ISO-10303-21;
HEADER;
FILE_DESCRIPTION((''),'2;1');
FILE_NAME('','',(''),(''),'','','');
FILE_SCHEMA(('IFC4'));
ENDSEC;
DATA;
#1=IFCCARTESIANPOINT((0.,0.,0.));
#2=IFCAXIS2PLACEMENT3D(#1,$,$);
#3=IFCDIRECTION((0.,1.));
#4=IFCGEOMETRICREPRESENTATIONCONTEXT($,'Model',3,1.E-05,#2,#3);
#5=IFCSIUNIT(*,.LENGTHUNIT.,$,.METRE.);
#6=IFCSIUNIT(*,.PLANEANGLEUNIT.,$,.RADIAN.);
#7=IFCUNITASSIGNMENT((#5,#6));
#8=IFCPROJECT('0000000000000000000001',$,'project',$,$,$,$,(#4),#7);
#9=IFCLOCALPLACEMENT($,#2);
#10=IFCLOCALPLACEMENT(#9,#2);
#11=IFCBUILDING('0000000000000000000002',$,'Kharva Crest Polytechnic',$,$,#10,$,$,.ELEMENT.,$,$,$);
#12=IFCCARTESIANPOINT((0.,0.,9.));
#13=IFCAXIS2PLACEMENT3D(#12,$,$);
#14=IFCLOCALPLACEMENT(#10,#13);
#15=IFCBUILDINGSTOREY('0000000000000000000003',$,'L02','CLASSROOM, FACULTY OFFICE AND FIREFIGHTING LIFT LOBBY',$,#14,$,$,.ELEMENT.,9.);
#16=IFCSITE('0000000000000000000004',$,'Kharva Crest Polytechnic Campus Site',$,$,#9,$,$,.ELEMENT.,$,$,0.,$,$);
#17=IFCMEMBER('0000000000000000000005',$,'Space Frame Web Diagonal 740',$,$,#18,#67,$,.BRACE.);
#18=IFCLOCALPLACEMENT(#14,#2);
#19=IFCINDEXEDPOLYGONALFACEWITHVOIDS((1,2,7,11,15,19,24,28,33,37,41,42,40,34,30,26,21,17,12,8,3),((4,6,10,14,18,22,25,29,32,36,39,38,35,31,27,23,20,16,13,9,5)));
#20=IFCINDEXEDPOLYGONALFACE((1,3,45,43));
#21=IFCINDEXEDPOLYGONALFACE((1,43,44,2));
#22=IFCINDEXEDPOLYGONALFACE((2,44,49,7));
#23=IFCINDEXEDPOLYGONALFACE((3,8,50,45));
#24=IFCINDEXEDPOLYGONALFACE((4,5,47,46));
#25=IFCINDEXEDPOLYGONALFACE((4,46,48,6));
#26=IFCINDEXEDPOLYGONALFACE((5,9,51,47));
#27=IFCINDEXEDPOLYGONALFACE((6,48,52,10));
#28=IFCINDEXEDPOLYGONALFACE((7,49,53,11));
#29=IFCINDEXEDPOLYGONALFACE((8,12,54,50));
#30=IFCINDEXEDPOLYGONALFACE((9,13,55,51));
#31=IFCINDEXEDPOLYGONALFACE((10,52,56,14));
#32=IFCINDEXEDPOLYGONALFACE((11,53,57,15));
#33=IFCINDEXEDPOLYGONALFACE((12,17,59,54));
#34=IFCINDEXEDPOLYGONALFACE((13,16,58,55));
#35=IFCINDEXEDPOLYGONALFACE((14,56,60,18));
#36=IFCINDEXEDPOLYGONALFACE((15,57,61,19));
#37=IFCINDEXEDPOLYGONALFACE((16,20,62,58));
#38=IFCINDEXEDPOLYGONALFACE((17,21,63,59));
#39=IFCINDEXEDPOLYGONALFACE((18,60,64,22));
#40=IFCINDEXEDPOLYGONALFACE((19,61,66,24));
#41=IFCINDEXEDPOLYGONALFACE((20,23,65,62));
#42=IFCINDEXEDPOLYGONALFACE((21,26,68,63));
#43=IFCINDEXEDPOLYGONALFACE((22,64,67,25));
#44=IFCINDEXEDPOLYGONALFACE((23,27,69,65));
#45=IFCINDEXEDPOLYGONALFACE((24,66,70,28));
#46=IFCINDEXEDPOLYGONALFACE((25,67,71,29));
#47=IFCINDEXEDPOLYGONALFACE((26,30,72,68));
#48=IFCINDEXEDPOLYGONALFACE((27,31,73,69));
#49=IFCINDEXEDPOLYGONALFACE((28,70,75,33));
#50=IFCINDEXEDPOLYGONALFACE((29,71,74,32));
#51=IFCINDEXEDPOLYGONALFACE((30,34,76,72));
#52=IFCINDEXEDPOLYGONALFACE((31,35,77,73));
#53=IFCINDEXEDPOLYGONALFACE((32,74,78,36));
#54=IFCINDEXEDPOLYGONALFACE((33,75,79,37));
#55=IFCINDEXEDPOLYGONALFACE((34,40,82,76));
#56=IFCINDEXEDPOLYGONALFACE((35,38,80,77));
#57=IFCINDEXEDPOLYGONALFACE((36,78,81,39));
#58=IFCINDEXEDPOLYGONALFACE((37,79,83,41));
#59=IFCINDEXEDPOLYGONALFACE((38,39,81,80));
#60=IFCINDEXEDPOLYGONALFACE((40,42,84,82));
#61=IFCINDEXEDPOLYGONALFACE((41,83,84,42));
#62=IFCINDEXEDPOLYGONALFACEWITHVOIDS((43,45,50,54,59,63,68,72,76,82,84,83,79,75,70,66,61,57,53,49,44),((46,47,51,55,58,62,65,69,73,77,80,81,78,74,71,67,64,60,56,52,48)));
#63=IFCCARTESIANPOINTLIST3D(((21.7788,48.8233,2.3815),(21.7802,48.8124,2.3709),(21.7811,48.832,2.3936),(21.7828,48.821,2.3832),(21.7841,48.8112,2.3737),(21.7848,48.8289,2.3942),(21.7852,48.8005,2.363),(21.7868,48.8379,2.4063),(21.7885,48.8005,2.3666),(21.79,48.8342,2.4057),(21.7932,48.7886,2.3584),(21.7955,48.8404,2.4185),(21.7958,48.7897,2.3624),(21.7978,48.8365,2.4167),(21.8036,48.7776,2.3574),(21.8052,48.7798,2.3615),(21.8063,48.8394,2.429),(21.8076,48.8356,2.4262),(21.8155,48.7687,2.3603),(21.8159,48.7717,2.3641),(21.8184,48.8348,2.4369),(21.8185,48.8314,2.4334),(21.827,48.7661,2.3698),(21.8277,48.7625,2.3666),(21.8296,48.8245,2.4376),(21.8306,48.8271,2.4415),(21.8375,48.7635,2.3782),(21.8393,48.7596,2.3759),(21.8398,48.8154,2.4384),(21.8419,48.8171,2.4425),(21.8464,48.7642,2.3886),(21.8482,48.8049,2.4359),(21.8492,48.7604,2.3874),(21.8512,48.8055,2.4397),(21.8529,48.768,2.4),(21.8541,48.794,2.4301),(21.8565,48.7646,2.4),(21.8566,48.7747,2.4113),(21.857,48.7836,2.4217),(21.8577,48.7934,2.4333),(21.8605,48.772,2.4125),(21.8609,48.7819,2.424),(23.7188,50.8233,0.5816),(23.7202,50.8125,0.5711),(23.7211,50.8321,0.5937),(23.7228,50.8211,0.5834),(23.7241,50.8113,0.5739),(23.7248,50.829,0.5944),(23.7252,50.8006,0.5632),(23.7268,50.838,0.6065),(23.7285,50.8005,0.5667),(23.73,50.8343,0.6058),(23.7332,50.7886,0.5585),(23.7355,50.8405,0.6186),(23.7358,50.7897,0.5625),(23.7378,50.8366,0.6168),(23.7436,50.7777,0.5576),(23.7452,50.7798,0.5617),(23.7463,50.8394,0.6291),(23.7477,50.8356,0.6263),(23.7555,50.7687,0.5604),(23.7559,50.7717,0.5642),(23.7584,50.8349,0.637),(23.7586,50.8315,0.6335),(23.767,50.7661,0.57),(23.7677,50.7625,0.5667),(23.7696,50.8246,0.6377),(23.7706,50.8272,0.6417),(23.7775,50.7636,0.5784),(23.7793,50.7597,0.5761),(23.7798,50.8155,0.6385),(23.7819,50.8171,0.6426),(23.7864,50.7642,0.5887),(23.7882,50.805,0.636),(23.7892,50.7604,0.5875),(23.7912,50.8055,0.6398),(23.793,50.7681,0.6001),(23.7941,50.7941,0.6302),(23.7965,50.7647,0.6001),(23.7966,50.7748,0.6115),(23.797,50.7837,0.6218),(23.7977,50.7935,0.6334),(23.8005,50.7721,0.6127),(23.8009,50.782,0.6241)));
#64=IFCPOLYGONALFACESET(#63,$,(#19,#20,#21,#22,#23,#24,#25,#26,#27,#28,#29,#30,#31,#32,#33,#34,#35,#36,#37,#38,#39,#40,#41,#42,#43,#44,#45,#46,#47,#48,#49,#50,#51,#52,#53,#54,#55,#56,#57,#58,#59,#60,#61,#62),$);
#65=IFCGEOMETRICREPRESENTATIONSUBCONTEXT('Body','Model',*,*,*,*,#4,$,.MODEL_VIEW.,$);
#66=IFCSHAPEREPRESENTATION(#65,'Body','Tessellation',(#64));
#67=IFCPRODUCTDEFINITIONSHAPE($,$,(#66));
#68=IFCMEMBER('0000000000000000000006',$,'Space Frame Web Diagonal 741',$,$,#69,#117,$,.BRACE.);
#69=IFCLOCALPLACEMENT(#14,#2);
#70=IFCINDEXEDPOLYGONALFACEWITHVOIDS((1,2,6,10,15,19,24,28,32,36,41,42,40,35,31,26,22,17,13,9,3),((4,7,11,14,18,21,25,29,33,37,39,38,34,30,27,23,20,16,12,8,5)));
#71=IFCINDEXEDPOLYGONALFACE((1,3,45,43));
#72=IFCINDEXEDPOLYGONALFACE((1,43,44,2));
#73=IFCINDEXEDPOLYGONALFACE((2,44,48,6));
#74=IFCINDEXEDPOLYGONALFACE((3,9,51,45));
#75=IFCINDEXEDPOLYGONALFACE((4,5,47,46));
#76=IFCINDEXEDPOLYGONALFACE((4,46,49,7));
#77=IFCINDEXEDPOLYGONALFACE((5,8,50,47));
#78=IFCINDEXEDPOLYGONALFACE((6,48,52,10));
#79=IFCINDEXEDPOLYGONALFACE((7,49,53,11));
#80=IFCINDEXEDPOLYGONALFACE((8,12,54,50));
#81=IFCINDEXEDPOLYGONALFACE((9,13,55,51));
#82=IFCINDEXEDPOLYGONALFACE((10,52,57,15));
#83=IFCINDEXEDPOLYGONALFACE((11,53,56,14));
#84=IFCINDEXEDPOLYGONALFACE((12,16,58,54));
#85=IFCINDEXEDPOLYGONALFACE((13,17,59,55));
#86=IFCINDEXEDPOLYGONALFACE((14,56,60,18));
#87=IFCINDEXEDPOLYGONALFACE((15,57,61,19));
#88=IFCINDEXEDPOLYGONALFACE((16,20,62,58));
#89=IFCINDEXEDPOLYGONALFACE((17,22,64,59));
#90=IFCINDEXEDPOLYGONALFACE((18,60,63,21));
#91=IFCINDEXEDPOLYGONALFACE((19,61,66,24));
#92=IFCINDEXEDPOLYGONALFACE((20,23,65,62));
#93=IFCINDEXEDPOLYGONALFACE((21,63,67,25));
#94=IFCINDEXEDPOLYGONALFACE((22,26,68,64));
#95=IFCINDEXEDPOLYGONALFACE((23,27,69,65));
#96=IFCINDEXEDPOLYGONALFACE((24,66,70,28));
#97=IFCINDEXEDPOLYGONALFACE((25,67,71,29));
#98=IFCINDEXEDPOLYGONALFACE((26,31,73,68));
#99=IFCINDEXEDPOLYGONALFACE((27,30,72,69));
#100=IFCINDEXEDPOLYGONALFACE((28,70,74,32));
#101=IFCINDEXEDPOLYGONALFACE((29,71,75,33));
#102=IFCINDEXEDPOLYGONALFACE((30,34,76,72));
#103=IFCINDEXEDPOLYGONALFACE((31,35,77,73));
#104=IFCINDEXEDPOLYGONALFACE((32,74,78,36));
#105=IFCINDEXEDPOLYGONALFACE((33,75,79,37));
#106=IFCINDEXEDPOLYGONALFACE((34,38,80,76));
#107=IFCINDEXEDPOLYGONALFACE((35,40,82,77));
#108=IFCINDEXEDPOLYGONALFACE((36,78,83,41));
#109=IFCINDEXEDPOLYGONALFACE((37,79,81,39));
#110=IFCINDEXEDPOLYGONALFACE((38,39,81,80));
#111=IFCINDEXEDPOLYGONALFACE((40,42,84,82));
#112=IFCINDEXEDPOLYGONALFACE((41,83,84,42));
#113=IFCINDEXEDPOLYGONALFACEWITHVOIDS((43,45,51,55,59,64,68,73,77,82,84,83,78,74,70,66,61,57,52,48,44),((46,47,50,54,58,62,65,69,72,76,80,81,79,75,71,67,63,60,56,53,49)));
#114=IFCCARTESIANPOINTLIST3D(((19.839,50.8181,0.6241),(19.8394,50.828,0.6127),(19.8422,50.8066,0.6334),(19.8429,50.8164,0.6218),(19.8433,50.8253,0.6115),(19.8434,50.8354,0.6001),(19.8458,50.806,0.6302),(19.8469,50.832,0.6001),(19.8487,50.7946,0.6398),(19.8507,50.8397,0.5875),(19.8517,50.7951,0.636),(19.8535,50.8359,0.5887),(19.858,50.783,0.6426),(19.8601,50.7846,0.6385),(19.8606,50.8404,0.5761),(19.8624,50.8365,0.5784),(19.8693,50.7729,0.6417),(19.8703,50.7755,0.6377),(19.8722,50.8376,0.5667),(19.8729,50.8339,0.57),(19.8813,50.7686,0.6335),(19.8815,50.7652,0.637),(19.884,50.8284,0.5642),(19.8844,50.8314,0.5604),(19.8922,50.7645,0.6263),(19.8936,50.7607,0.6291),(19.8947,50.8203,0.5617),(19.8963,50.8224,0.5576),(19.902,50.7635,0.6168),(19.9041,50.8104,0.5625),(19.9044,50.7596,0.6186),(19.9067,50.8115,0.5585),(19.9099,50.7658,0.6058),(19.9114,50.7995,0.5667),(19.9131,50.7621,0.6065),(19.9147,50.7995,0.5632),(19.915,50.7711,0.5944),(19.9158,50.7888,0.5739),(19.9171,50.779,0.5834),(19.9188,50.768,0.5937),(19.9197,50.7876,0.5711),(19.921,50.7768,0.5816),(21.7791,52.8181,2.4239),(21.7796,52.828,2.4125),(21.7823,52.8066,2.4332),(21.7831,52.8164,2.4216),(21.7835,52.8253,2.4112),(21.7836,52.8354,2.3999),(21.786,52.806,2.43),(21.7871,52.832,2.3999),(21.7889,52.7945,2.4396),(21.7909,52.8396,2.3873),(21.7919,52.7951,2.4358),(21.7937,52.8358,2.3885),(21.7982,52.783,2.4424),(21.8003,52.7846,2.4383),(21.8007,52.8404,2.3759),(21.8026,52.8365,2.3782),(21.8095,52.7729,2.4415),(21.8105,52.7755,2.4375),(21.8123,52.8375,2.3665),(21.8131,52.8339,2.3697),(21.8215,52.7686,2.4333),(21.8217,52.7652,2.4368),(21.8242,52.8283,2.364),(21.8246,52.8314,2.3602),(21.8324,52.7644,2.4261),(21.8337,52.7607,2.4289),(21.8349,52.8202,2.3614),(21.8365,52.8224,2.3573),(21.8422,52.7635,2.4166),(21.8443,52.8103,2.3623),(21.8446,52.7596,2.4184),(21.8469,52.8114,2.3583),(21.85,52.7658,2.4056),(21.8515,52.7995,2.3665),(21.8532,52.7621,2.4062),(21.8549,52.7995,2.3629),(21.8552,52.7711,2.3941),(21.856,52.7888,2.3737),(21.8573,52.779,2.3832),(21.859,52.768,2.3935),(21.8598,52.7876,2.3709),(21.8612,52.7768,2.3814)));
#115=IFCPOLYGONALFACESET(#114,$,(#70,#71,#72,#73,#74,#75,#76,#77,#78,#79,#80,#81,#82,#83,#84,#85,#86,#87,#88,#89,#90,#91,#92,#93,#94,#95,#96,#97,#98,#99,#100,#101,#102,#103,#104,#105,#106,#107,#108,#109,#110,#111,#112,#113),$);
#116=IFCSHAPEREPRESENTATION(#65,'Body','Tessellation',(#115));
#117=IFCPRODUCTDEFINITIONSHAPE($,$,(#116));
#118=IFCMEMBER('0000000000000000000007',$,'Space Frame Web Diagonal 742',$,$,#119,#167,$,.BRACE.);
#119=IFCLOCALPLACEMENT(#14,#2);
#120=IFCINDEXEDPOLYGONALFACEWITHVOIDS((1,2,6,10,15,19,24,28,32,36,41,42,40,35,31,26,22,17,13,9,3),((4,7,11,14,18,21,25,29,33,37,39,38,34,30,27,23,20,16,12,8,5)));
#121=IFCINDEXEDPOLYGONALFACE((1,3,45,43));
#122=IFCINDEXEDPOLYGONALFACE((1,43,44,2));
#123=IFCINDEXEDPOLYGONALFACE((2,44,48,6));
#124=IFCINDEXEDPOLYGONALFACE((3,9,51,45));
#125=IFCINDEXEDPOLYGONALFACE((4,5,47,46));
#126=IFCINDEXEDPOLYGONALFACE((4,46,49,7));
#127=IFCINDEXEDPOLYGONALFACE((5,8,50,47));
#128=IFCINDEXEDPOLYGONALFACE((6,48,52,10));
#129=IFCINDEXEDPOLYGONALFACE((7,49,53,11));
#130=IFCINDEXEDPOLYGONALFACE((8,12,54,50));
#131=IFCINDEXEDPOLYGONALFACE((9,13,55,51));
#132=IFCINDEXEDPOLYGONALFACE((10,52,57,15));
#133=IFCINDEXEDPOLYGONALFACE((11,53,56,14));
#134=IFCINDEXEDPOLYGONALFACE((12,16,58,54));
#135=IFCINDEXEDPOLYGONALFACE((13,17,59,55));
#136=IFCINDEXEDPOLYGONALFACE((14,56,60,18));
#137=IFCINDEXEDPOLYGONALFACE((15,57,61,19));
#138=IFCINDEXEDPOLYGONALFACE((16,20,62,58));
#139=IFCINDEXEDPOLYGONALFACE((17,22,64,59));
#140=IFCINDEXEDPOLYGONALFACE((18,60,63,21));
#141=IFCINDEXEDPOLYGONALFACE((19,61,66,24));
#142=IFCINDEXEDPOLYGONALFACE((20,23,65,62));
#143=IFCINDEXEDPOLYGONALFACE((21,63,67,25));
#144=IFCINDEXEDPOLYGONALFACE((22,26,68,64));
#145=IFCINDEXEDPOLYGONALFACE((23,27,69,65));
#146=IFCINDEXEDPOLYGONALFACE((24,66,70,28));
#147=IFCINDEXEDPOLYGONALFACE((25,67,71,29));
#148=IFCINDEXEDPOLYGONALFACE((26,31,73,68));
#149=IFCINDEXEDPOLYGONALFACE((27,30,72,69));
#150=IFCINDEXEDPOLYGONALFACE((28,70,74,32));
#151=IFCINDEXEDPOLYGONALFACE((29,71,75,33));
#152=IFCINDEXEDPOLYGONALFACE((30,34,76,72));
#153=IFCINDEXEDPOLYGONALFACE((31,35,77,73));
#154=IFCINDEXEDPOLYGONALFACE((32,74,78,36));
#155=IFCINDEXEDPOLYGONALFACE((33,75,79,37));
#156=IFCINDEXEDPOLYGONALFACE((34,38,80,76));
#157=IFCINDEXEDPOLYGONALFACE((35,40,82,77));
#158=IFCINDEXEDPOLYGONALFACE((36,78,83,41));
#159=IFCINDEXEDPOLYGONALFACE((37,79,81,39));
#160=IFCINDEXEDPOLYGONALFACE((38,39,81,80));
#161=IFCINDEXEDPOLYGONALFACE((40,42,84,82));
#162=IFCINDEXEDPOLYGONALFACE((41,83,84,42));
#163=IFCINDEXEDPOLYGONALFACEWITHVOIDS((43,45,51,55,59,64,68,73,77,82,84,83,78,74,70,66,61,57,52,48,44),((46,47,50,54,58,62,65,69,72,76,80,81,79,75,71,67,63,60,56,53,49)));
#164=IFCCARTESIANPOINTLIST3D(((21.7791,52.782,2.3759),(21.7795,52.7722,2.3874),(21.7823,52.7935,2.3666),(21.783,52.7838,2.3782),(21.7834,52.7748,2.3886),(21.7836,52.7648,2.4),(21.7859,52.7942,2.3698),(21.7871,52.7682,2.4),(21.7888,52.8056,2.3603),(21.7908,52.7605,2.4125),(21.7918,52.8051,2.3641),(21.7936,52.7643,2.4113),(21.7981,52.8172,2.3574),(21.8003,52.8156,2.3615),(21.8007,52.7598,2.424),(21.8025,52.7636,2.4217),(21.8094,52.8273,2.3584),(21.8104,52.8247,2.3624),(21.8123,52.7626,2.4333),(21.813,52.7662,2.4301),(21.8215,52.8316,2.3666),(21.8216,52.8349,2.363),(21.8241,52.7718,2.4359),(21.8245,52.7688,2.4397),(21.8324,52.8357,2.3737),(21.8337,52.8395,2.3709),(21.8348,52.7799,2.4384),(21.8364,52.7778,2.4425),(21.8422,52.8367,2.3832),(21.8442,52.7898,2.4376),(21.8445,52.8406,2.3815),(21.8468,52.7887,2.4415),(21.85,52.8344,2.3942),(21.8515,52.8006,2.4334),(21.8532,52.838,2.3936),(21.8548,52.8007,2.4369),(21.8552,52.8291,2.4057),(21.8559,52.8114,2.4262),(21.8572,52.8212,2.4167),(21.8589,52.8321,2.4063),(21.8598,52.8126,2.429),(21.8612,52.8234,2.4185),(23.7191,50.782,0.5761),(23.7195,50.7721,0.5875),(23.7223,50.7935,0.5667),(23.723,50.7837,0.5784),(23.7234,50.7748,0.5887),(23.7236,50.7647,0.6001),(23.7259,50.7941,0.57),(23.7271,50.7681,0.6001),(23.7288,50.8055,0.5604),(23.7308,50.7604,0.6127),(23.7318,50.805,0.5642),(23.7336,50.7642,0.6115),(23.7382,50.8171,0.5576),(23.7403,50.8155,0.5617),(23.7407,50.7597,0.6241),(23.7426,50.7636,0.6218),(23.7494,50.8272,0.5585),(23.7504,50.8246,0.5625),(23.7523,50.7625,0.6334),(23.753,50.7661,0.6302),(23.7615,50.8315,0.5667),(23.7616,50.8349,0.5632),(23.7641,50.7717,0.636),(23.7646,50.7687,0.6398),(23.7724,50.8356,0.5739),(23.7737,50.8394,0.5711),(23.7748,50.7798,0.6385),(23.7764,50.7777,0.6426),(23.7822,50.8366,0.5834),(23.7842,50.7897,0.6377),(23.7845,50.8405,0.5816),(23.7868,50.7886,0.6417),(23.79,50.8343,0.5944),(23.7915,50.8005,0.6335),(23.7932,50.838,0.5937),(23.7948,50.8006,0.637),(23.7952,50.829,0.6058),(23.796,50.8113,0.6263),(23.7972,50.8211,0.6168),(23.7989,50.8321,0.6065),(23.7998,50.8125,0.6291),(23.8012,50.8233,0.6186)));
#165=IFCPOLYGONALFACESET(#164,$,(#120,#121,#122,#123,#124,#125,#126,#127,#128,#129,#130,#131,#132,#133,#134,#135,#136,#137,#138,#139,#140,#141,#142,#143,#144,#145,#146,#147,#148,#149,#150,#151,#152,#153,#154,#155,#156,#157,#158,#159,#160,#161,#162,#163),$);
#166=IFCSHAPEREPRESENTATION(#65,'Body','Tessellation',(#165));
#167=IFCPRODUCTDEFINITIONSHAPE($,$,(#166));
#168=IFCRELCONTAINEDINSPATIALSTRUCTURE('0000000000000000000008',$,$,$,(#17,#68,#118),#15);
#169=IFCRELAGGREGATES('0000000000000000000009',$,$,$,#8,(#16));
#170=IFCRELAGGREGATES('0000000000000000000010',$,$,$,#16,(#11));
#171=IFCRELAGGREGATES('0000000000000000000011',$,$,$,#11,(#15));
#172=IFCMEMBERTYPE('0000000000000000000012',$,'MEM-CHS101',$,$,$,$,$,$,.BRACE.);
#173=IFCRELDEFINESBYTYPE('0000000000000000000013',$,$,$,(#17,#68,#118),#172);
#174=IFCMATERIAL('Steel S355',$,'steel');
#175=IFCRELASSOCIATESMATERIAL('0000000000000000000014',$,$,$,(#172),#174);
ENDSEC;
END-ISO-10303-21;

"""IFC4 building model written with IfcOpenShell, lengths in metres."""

from ifc_helpers import new_model, si_unit, direction, frame, origin, origin_2d, place, context, subcontext, project, spatial, hollow_circle, extrude, material, material_profile, profile_set, type_object, element, save


model = new_model("IFC4")

# Units and contexts
model_context = context("Model", 3, precision=1e-05, world=origin(), true_north=direction((0.0, 1.0)))
body_context = subcontext(model_context, "Body", "Model", "MODEL_VIEW")
ifc_project = project(units=[si_unit("LENGTHUNIT", "METRE"), si_unit("PLANEANGLEUNIT", "RADIAN")], contexts=[model_context])

# Site, building, storey
site_placement = place(None, origin())
site = spatial("IfcSite", under=ifc_project, at=site_placement, Name="Kharva Crest Polytechnic Campus Site", CompositionType="ELEMENT", RefElevation=0.0)
building_placement = place(site_placement, origin())
building = spatial("IfcBuilding", under=site, at=building_placement, Name="Kharva Crest Polytechnic", CompositionType="ELEMENT")
storey_placement = place(building_placement, frame((0.0, 0.0, 9.0)))
storey = spatial("IfcBuildingStorey", under=building, at=storey_placement, Name="L02", Description="CLASSROOM, FACULTY OFFICE AND FIREFIGHTING LIFT LOBBY", CompositionType="ELEMENT", Elevation=9.0)

# Shared definitions
ifc_material_1 = material(Name="Steel S355", Category="steel")

# Members
ifc_material_profile_1 = material_profile(ifc_material_1, hollow_circle(Radius=0.0508, WallThickness=0.0049, at=origin_2d()), Name="CHS 101.6X5.0")
ifc_profile_set_1 = profile_set([ifc_material_profile_1], Name="Steel S355")
member_type_1 = type_object("IfcMemberType", Name="MEM-CHS101", PredefinedType="BRACE", material=ifc_profile_set_1)
for number, where, z_axis, x_axis, name in (
    (1, (23.76, 50.8, 0.6001), (-0.584843, -0.60295, 0.542596), (0.717802, -0.696247, 0.0), "Space Frame Web Diagonal 740"),
    (2, (19.8799, 50.8, 0.6001), (0.584892, 0.602924, 0.542572), (-0.717758, 0.696292, 0.0), "Space Frame Web Diagonal 741"),
    (3, (23.76, 50.8, 0.6001), (-0.584843, 0.60295, 0.542596), (-0.717802, -0.696247, 0.0), "Space Frame Web Diagonal 742"),
):
    element("IfcMember", number, at=place(storey_placement, frame(where, z_axis=z_axis, x_axis=x_axis)), inside=storey, type_object=member_type_1, Name=name, PredefinedType="BRACE", context=body_context, shape_type="SweptSolid", body=[
        extrude(hollow_circle(Radius=0.0508, WallThickness=0.0049, at=origin_2d()), origin(), (0.0, 0.0, 1.0), 3.3171),
    ])

save(model, "model.ifc")
